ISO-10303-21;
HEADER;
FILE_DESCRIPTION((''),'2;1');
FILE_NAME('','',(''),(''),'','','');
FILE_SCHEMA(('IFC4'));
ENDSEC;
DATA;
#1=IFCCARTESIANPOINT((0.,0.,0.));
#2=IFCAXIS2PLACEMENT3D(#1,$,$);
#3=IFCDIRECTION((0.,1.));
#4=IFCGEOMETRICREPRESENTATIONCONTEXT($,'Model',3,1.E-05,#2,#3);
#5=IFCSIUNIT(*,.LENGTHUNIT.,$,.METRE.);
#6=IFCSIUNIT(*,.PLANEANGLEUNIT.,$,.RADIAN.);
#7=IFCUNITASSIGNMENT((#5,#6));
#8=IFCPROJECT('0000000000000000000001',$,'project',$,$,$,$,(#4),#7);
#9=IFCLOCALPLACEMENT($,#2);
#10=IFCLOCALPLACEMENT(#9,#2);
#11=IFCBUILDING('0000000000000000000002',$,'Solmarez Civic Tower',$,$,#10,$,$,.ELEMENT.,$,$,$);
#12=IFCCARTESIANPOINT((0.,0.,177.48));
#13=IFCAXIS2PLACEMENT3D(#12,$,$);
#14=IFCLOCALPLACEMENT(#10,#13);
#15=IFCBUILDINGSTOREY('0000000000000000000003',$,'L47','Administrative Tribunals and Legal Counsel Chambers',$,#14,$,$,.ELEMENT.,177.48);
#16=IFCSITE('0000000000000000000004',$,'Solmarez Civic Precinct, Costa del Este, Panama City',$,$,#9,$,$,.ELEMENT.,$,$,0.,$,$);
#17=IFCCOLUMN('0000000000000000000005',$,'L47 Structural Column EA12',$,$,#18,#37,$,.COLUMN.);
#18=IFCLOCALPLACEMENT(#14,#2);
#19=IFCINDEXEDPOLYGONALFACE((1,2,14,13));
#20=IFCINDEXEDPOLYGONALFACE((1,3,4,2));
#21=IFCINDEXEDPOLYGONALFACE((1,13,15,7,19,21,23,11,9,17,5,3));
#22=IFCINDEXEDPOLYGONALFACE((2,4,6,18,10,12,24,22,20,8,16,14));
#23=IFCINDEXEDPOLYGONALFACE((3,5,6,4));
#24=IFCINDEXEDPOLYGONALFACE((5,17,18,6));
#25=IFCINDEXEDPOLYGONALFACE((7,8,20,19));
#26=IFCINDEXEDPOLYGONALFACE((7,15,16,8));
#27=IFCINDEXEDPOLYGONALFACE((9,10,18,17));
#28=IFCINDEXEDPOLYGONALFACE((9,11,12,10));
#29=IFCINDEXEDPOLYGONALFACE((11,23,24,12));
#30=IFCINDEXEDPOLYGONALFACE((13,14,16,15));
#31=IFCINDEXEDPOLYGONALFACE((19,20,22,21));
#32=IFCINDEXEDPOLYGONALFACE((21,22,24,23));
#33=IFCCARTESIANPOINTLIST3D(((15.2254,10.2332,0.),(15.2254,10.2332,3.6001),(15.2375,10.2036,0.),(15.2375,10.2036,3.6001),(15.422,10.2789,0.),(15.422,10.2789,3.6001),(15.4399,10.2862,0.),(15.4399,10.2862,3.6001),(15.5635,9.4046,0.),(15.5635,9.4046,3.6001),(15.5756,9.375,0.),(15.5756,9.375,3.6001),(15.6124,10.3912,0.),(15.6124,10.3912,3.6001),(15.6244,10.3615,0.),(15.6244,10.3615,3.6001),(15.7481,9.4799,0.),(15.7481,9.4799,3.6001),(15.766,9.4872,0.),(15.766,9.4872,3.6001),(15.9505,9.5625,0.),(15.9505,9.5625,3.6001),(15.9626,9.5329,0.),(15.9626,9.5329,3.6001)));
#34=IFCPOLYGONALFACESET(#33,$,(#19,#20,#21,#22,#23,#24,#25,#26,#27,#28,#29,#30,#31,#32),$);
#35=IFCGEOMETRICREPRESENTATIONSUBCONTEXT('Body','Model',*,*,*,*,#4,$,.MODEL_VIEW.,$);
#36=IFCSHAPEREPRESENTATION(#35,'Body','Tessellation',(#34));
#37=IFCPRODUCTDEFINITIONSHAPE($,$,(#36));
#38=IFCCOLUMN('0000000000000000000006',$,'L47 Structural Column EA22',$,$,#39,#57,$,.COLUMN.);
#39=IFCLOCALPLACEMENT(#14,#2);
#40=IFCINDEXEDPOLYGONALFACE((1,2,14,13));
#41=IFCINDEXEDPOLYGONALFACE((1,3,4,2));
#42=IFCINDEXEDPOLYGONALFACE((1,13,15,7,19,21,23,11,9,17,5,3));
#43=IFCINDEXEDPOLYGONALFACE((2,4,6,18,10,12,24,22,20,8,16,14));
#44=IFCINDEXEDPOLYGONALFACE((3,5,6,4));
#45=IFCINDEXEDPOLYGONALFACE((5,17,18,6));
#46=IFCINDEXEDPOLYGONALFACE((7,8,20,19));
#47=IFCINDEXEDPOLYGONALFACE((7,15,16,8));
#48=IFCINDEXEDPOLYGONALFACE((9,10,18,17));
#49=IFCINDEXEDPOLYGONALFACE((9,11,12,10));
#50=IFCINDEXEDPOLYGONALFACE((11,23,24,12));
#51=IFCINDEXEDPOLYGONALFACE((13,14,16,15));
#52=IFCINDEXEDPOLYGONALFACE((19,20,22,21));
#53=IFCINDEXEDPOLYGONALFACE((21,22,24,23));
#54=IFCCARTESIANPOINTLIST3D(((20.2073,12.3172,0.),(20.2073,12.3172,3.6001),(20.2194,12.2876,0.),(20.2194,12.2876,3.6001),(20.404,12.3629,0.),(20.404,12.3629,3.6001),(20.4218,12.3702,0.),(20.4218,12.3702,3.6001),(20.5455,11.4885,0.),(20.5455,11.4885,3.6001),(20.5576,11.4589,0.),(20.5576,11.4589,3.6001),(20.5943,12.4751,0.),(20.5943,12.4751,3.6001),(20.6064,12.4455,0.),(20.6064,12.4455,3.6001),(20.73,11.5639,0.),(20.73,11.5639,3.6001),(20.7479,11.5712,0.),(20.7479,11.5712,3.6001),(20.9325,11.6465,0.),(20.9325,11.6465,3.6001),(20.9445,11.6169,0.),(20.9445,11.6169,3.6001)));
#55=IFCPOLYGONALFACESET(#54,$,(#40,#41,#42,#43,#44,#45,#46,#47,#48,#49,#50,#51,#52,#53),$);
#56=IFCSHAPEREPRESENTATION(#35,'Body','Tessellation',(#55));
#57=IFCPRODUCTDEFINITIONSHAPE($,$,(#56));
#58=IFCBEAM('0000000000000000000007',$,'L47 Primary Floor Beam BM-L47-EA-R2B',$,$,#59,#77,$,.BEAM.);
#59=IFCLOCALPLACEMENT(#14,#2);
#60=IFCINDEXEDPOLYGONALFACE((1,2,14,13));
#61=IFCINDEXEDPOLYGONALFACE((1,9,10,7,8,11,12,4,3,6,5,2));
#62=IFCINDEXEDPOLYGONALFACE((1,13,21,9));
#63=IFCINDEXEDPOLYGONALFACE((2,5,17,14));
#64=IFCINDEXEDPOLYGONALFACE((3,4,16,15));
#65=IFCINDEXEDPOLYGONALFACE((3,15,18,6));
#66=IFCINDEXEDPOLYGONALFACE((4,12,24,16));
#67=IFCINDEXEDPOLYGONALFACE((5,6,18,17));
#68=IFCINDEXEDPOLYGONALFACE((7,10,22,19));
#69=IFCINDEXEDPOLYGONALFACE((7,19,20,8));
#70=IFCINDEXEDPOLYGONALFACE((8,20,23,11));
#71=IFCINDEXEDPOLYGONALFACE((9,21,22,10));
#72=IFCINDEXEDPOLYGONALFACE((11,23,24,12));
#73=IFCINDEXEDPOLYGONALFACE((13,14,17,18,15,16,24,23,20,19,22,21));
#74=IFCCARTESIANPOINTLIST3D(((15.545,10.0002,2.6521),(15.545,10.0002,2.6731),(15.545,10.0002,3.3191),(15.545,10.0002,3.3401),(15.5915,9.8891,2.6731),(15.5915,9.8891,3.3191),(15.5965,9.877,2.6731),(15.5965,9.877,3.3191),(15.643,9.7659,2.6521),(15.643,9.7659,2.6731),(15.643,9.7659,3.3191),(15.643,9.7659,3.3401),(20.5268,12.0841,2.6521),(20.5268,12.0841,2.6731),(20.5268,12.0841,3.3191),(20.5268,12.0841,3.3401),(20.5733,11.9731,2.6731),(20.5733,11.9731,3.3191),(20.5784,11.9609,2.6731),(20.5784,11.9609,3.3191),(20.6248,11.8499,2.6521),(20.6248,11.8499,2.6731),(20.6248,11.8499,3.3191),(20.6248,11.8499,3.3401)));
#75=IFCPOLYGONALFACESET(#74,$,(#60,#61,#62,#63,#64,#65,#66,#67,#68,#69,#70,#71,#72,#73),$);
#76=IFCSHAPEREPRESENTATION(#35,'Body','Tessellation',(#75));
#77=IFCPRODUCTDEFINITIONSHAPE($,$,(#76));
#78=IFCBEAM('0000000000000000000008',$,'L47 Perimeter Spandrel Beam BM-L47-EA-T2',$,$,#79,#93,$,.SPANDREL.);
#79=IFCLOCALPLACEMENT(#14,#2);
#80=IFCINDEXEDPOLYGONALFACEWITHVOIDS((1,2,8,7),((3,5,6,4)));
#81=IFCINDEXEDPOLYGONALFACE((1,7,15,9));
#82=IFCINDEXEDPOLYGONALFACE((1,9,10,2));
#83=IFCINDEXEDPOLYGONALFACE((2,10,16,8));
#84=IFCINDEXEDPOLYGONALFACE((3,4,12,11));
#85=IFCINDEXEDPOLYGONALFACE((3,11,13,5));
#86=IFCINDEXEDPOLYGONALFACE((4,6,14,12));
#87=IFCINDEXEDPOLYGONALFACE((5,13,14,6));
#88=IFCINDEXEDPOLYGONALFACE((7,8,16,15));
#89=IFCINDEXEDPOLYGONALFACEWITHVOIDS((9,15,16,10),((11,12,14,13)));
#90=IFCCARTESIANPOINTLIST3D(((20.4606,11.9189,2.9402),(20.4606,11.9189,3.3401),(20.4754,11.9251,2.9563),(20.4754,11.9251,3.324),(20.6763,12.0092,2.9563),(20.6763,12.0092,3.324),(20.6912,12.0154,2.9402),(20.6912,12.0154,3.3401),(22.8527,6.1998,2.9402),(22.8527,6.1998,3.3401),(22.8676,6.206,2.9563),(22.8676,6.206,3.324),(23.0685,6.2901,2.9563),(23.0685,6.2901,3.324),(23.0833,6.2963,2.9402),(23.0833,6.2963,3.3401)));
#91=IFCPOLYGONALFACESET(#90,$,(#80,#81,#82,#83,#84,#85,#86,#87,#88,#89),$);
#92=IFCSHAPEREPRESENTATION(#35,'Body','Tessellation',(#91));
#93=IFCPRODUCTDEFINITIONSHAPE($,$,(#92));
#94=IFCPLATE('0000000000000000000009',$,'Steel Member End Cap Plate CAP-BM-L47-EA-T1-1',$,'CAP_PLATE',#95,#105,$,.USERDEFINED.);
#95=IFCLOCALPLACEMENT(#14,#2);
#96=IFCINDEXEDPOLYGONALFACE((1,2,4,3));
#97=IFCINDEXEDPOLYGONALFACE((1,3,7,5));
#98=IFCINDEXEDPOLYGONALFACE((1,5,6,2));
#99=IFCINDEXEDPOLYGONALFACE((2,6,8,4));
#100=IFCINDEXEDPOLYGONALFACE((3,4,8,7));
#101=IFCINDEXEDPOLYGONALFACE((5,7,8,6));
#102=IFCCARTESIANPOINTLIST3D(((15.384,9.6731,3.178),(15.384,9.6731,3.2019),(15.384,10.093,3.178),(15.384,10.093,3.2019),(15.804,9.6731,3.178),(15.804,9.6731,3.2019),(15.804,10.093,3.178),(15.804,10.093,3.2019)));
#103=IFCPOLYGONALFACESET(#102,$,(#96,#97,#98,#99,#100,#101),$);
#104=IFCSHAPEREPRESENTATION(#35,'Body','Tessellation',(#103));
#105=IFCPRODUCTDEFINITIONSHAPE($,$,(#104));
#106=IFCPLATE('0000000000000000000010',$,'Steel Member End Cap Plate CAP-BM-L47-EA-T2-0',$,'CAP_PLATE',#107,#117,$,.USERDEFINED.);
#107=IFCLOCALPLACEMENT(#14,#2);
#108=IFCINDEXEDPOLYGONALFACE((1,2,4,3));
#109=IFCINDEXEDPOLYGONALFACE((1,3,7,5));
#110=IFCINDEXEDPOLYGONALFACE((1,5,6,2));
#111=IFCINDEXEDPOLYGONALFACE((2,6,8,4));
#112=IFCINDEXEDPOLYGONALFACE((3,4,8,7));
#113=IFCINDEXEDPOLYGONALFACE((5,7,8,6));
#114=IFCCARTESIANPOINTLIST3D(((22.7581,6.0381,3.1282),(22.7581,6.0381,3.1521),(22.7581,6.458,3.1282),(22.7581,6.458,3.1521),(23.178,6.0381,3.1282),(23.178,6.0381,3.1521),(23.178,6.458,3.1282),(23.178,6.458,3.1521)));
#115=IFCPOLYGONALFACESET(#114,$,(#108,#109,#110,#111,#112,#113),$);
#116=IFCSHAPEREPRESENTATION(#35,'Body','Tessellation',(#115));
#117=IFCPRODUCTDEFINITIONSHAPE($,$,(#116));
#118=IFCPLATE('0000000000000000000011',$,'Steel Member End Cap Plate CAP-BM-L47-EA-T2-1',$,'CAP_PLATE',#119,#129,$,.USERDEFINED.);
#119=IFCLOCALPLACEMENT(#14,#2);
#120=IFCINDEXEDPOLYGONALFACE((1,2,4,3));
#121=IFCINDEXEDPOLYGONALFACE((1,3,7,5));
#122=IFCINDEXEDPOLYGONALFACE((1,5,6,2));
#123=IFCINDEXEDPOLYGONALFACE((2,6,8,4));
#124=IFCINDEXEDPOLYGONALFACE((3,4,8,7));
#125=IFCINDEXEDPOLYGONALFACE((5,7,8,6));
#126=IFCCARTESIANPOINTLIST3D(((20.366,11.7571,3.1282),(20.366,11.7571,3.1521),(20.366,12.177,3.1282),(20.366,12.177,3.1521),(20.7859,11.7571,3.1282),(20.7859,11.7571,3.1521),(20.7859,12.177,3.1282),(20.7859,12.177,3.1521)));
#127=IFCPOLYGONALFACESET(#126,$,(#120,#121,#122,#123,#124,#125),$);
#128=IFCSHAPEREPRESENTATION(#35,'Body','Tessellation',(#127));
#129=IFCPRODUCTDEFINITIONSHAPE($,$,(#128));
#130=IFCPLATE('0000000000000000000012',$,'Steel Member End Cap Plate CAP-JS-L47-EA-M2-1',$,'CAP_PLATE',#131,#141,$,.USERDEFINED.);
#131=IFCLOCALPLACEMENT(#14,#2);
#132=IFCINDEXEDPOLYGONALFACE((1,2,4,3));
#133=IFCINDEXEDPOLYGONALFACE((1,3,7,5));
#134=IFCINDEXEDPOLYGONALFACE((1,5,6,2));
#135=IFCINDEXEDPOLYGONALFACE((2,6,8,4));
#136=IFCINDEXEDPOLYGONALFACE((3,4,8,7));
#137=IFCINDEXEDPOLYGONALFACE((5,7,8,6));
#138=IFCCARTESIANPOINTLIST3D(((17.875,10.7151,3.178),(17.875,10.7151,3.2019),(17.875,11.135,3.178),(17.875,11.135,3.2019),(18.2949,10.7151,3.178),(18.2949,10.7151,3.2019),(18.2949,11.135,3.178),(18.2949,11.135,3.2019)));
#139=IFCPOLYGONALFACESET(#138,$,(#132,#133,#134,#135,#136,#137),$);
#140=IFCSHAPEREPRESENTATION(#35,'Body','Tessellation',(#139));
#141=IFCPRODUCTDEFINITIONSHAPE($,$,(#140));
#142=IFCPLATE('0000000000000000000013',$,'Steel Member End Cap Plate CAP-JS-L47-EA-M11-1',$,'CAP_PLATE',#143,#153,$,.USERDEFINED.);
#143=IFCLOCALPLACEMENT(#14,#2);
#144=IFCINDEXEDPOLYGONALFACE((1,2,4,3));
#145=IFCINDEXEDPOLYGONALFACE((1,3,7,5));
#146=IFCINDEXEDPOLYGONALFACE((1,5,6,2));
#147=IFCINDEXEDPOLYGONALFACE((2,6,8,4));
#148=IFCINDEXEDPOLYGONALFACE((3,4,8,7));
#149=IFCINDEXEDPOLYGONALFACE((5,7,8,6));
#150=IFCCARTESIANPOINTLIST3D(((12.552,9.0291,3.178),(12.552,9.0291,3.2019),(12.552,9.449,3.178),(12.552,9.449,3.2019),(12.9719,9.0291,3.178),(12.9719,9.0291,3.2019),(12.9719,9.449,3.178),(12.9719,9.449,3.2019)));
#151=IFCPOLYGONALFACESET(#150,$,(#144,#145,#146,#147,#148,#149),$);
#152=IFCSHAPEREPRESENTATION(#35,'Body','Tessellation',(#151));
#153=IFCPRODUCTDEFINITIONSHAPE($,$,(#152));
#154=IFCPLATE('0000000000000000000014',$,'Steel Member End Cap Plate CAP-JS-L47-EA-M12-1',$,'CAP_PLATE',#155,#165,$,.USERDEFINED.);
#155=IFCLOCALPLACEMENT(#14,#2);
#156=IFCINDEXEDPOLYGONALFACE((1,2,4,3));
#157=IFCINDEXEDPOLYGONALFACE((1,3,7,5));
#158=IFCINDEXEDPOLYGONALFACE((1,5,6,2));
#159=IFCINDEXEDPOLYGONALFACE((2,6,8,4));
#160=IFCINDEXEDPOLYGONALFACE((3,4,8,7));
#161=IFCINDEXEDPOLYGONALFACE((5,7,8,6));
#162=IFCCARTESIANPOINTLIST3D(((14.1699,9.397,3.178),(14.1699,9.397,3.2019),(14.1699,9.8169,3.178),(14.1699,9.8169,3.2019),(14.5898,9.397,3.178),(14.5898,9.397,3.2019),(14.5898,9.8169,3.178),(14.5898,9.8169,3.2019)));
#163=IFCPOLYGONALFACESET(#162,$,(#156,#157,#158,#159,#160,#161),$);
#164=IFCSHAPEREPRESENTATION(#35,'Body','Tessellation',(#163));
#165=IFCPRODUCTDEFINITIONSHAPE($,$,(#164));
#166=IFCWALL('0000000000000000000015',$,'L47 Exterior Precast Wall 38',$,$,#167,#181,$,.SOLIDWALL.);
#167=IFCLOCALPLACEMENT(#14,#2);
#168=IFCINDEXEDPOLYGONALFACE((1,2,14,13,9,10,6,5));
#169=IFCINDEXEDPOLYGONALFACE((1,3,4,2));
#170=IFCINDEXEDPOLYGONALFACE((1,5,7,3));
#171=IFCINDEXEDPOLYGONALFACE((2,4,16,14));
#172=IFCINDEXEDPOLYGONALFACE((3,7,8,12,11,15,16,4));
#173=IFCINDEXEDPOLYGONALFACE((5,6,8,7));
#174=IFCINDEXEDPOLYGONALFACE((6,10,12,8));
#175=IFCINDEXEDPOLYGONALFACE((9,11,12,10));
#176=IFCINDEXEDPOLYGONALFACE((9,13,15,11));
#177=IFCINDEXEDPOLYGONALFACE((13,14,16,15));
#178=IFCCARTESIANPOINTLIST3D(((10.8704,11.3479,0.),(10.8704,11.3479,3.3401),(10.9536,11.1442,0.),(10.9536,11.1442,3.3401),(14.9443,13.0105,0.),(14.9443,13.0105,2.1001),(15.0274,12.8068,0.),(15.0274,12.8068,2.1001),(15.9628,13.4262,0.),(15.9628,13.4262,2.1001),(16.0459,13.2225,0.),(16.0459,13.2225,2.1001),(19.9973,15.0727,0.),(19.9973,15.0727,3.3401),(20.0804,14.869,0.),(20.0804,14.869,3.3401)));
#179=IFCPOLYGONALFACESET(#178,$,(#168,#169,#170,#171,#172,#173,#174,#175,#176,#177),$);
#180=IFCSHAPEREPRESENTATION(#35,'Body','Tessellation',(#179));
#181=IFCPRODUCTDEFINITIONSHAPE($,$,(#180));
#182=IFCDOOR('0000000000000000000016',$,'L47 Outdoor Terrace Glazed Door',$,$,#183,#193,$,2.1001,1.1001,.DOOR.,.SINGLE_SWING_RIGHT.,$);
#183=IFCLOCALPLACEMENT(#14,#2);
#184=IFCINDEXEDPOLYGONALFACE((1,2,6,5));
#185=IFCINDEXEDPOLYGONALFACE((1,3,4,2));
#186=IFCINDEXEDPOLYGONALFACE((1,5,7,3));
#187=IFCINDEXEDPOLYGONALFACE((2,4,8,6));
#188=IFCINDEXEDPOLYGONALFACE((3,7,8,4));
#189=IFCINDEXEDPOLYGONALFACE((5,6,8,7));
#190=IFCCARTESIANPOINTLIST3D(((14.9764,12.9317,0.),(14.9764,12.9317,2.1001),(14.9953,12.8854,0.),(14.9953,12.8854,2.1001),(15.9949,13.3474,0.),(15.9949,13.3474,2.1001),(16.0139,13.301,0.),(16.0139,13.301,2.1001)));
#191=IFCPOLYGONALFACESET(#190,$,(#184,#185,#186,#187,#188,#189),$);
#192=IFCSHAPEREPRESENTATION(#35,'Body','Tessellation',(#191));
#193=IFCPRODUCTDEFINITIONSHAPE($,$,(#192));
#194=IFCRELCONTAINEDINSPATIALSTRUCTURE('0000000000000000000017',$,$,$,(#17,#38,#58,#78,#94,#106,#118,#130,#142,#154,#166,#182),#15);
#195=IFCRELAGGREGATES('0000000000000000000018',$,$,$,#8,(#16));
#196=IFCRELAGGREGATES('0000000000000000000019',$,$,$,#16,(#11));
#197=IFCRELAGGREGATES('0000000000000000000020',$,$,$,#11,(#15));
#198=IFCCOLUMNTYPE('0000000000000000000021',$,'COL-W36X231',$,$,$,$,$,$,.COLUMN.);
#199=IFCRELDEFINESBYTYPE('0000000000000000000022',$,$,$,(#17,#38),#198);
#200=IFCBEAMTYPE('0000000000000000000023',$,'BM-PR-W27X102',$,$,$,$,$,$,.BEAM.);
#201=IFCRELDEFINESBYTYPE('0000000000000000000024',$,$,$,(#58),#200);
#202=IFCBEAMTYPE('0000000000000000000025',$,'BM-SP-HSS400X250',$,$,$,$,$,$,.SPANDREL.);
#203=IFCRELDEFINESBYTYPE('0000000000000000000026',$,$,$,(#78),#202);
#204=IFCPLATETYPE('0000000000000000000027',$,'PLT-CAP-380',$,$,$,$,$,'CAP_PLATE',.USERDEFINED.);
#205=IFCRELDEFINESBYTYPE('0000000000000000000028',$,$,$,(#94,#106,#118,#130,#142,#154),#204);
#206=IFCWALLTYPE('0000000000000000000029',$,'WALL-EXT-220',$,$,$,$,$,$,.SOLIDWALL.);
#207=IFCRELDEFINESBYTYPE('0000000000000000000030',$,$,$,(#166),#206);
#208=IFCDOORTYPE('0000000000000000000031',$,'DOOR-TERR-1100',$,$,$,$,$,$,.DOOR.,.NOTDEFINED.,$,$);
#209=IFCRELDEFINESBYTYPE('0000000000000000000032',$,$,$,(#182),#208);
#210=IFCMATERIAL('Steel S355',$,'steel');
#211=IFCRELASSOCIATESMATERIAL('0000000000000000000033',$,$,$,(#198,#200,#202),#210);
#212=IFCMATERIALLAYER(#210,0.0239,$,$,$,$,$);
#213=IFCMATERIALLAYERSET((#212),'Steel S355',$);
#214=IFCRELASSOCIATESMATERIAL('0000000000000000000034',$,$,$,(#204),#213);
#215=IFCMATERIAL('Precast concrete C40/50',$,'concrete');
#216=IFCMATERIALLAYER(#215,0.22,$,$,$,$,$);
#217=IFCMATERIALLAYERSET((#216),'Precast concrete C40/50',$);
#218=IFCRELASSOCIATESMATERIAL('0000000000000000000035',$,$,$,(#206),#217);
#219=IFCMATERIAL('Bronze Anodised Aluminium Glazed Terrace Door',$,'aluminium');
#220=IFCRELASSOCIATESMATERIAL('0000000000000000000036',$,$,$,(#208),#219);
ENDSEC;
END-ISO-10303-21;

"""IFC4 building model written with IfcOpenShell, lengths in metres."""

from ifc_helpers import new_model, si_unit, direction, frame, frame_2d, origin, origin_2d, place, context, subcontext, project, spatial, rectangle, hollow_rectangle, i_section, extrude, material, layer, layer_set, material_profile, profile_set, type_object, element, fill, save


model = new_model("IFC4")

# Units and contexts
model_context = context("Model", 3, precision=1e-05, world=origin(), true_north=direction((0.0, 1.0)))
body_context = subcontext(model_context, "Body", "Model", "MODEL_VIEW")
ifc_project = project(units=[si_unit("LENGTHUNIT", "METRE"), si_unit("PLANEANGLEUNIT", "RADIAN")], contexts=[model_context])

# Site, building, storey
site_placement = place(None, origin())
site = spatial("IfcSite", under=ifc_project, at=site_placement, Name="Solmarez Civic Precinct, Costa del Este, Panama City", CompositionType="ELEMENT", RefElevation=0.0)
building_placement = place(site_placement, origin())
building = spatial("IfcBuilding", under=site, at=building_placement, Name="Solmarez Civic Tower", CompositionType="ELEMENT")
storey_placement = place(building_placement, frame((0.0, 0.0, 177.48)))
storey = spatial("IfcBuildingStorey", under=building, at=storey_placement, Name="L47", Description="Administrative Tribunals and Legal Counsel Chambers", CompositionType="ELEMENT", Elevation=177.48)

# Columns
ifc_material_1 = material(Name="Steel S355", Category="steel")
ifc_material_profile_1 = material_profile(ifc_material_1, i_section(OverallWidth=0.418, OverallDepth=0.927, WebThickness=0.0193, FlangeThickness=0.032, at=origin_2d()), Name="W36X231")
ifc_profile_set_1 = profile_set([ifc_material_profile_1], Name="Steel S355")
column_type = type_object("IfcColumnType", Name="COL-W36X231", PredefinedType="COLUMN", material=ifc_profile_set_1)
for number, where, z_axis, x_axis, name in (
    (1, (15.594, 9.8831, 0.0), (0.0, 0.0, 1.0), (0.925871, 0.377841, 0.0), "L47 Structural Column EA12"),
    (2, (20.5759, 11.967, 0.0), (0.0, 0.0, 1.0), (0.925871, 0.377841, 0.0), "L47 Structural Column EA22"),
):
    element("IfcColumn", number, at=place(storey_placement, frame(where, z_axis=z_axis, x_axis=x_axis)), inside=storey, type_object=column_type, Name=name, PredefinedType="COLUMN", context=body_context, shape_type="SweptSolid", body=[
        extrude(i_section(OverallWidth=0.418, OverallDepth=0.927, WebThickness=0.0193, FlangeThickness=0.032, at=origin_2d()), origin(), (0.0, 0.0, 1.0), 3.6001),
    ])

# Beams
ifc_material_profile_2 = material_profile(ifc_material_1, i_section(OverallWidth=0.2539, OverallDepth=0.688, WebThickness=0.0132, FlangeThickness=0.021, at=origin_2d()), Name="W27X102")
ifc_profile_set_2 = profile_set([ifc_material_profile_2], Name="Steel S355")
beam_type_1 = type_object("IfcBeamType", Name="BM-PR-W27X102", PredefinedType="BEAM", material=ifc_profile_set_2)
beam_1_placement = place(storey_placement, frame((15.594, 9.8831, 2.9961), z_axis=(0.922538, 0.385905, 0.0), x_axis=(-0.385905, 0.922538, 0.0)))
element("IfcBeam", 3, at=beam_1_placement, inside=storey, type_object=beam_type_1, Name="L47 Primary Floor Beam BM-L47-EA-R2B", PredefinedType="BEAM", context=body_context, shape_type="SweptSolid", body=[
    extrude(i_section(OverallWidth=0.2539, OverallDepth=0.688, WebThickness=0.0132, FlangeThickness=0.021, at=origin_2d()), origin(), (0.0, 0.0, 1.0), 5.4001),
])
ifc_material_profile_3 = material_profile(ifc_material_1, hollow_rectangle(XDim=0.25, YDim=0.3999, WallThickness=0.0161, at=origin_2d()), Name="HSS400X250X16")
ifc_profile_set_3 = profile_set([ifc_material_profile_3], Name="Steel S355")
beam_type_2 = type_object("IfcBeamType", Name="BM-SP-HSS400X250", PredefinedType="SPANDREL", material=ifc_profile_set_3)
beam_2_placement = place(storey_placement, frame((22.968, 6.248, 3.1401), z_axis=(-0.385876, 0.922551, 0.0), x_axis=(-0.922551, -0.385876, 0.0)))
element("IfcBeam", 4, at=beam_2_placement, inside=storey, type_object=beam_type_2, Name="L47 Perimeter Spandrel Beam BM-L47-EA-T2", PredefinedType="SPANDREL", context=body_context, shape_type="SweptSolid", body=[
    extrude(hollow_rectangle(XDim=0.25, YDim=0.3999, WallThickness=0.0161, at=origin_2d()), origin(), (0.0, 0.0, 1.0), 6.1992),
])

# Plates
ifc_layer_1 = layer(ifc_material_1, 0.0239)
ifc_layer_set_1 = layer_set([ifc_layer_1], Name="Steel S355")
plate_type = type_object("IfcPlateType", Name="PLT-CAP-380", ElementType="CAP_PLATE", PredefinedType="USERDEFINED", material=ifc_layer_set_1)
for number, where, z_axis, x_axis, name in (
    (5, (15.594, 9.8831, 3.178), (0.0, 0.0, 1.0), (1.0, 0.0, 0.0), "Steel Member End Cap Plate CAP-BM-L47-EA-T1-1"),
    (6, (22.968, 6.248, 3.1282), (0.0, 0.0, 1.0), (1.0, 0.0, 0.0), "Steel Member End Cap Plate CAP-BM-L47-EA-T2-0"),
    (7, (20.5759, 11.967, 3.1282), (0.0, 0.0, 1.0), (1.0, 0.0, 0.0), "Steel Member End Cap Plate CAP-BM-L47-EA-T2-1"),
    (8, (18.085, 10.925, 3.178), (0.0, 0.0, 1.0), (1.0, 0.0, 0.0), "Steel Member End Cap Plate CAP-JS-L47-EA-M2-1"),
    (9, (12.762, 9.239, 3.178), (0.0, 0.0, 1.0), (1.0, 0.0, 0.0), "Steel Member End Cap Plate CAP-JS-L47-EA-M11-1"),
    (10, (14.3799, 9.6069, 3.178), (0.0, 0.0, 1.0), (1.0, 0.0, 0.0), "Steel Member End Cap Plate CAP-JS-L47-EA-M12-1"),
):
    element("IfcPlate", number, at=place(storey_placement, frame(where, z_axis=z_axis, x_axis=x_axis)), inside=storey, type_object=plate_type, Name=name, ObjectType="CAP_PLATE", PredefinedType="USERDEFINED", context=body_context, shape_type="SweptSolid", body=[
        extrude(rectangle(XDim=0.4199, YDim=0.4199, at=origin_2d()), origin(), (0.0, 0.0, 1.0), 0.0239),
    ])

# Wall, opening, door
ifc_material_2 = material(Name="Precast concrete C40/50", Category="concrete")
ifc_layer_2 = layer(ifc_material_2, 0.22)
ifc_layer_set_2 = layer_set([ifc_layer_2], Name="Precast concrete C40/50")
wall_type_1 = type_object("IfcWallType", Name="WALL-EXT-220", PredefinedType="SOLIDWALL", material=ifc_layer_set_2)
wall_1_placement = place(storey_placement, frame((10.9121, 11.2461, 0.0), z_axis=(0.0, 0.0, 1.0), x_axis=(0.925863, 0.377859, 0.0)))
wall_1 = element("IfcWall", 11, at=wall_1_placement, inside=storey, type_object=wall_type_1, Name="L47 Exterior Precast Wall 38", PredefinedType="SOLIDWALL", context=body_context, shape_type="SweptSolid", body=[
    extrude(rectangle(XDim=9.8577, YDim=0.22, at=frame_2d((4.9287, 0.0))), origin(), (0.0, 0.0, 1.0), 3.3401),
])
opening_1_placement = place(wall_1_placement, frame((4.3999, 0.0, 0.0)))
opening_1 = element("IfcOpeningElement", 12, at=opening_1_placement, cuts=wall_1, PredefinedType="OPENING", context=body_context, shape_type="SweptSolid", body=[
    extrude(rectangle(XDim=1.1001, YDim=2.1001, at=frame_2d((0.55, 1.05))), frame((0.0, 0.1199, 0.0), z_axis=(0.0, -1.0, 0.0), x_axis=(1.0, 0.0, 0.0)), (0.0, 0.0, 1.0), 0.24),
])
ifc_material_3 = material(Name="Bronze Anodised Aluminium Glazed Terrace Door", Category="aluminium")
door_type_1 = type_object("IfcDoorType", Name="DOOR-TERR-1100", OperationType="NOTDEFINED", PredefinedType="DOOR", material=ifc_material_3)
door_1_placement = place(opening_1_placement, origin())
door_1 = element("IfcDoor", 13, at=door_1_placement, inside=storey, type_object=door_type_1, Name="L47 Outdoor Terrace Glazed Door", OperationType="SINGLE_SWING_RIGHT", OverallHeight=2.1001, OverallWidth=1.1001, PredefinedType="DOOR", context=body_context, shape_type="SweptSolid", body=[
    extrude(rectangle(XDim=1.1001, YDim=2.1001, at=frame_2d((0.55, 1.05))), frame((0.0, 0.0249, 0.0), z_axis=(0.0, -1.0, 0.0), x_axis=(1.0, 0.0, 0.0)), (0.0, 0.0, 1.0), 0.05),
])
fill(opening_1, door_1)

save(model, "model.ifc")
